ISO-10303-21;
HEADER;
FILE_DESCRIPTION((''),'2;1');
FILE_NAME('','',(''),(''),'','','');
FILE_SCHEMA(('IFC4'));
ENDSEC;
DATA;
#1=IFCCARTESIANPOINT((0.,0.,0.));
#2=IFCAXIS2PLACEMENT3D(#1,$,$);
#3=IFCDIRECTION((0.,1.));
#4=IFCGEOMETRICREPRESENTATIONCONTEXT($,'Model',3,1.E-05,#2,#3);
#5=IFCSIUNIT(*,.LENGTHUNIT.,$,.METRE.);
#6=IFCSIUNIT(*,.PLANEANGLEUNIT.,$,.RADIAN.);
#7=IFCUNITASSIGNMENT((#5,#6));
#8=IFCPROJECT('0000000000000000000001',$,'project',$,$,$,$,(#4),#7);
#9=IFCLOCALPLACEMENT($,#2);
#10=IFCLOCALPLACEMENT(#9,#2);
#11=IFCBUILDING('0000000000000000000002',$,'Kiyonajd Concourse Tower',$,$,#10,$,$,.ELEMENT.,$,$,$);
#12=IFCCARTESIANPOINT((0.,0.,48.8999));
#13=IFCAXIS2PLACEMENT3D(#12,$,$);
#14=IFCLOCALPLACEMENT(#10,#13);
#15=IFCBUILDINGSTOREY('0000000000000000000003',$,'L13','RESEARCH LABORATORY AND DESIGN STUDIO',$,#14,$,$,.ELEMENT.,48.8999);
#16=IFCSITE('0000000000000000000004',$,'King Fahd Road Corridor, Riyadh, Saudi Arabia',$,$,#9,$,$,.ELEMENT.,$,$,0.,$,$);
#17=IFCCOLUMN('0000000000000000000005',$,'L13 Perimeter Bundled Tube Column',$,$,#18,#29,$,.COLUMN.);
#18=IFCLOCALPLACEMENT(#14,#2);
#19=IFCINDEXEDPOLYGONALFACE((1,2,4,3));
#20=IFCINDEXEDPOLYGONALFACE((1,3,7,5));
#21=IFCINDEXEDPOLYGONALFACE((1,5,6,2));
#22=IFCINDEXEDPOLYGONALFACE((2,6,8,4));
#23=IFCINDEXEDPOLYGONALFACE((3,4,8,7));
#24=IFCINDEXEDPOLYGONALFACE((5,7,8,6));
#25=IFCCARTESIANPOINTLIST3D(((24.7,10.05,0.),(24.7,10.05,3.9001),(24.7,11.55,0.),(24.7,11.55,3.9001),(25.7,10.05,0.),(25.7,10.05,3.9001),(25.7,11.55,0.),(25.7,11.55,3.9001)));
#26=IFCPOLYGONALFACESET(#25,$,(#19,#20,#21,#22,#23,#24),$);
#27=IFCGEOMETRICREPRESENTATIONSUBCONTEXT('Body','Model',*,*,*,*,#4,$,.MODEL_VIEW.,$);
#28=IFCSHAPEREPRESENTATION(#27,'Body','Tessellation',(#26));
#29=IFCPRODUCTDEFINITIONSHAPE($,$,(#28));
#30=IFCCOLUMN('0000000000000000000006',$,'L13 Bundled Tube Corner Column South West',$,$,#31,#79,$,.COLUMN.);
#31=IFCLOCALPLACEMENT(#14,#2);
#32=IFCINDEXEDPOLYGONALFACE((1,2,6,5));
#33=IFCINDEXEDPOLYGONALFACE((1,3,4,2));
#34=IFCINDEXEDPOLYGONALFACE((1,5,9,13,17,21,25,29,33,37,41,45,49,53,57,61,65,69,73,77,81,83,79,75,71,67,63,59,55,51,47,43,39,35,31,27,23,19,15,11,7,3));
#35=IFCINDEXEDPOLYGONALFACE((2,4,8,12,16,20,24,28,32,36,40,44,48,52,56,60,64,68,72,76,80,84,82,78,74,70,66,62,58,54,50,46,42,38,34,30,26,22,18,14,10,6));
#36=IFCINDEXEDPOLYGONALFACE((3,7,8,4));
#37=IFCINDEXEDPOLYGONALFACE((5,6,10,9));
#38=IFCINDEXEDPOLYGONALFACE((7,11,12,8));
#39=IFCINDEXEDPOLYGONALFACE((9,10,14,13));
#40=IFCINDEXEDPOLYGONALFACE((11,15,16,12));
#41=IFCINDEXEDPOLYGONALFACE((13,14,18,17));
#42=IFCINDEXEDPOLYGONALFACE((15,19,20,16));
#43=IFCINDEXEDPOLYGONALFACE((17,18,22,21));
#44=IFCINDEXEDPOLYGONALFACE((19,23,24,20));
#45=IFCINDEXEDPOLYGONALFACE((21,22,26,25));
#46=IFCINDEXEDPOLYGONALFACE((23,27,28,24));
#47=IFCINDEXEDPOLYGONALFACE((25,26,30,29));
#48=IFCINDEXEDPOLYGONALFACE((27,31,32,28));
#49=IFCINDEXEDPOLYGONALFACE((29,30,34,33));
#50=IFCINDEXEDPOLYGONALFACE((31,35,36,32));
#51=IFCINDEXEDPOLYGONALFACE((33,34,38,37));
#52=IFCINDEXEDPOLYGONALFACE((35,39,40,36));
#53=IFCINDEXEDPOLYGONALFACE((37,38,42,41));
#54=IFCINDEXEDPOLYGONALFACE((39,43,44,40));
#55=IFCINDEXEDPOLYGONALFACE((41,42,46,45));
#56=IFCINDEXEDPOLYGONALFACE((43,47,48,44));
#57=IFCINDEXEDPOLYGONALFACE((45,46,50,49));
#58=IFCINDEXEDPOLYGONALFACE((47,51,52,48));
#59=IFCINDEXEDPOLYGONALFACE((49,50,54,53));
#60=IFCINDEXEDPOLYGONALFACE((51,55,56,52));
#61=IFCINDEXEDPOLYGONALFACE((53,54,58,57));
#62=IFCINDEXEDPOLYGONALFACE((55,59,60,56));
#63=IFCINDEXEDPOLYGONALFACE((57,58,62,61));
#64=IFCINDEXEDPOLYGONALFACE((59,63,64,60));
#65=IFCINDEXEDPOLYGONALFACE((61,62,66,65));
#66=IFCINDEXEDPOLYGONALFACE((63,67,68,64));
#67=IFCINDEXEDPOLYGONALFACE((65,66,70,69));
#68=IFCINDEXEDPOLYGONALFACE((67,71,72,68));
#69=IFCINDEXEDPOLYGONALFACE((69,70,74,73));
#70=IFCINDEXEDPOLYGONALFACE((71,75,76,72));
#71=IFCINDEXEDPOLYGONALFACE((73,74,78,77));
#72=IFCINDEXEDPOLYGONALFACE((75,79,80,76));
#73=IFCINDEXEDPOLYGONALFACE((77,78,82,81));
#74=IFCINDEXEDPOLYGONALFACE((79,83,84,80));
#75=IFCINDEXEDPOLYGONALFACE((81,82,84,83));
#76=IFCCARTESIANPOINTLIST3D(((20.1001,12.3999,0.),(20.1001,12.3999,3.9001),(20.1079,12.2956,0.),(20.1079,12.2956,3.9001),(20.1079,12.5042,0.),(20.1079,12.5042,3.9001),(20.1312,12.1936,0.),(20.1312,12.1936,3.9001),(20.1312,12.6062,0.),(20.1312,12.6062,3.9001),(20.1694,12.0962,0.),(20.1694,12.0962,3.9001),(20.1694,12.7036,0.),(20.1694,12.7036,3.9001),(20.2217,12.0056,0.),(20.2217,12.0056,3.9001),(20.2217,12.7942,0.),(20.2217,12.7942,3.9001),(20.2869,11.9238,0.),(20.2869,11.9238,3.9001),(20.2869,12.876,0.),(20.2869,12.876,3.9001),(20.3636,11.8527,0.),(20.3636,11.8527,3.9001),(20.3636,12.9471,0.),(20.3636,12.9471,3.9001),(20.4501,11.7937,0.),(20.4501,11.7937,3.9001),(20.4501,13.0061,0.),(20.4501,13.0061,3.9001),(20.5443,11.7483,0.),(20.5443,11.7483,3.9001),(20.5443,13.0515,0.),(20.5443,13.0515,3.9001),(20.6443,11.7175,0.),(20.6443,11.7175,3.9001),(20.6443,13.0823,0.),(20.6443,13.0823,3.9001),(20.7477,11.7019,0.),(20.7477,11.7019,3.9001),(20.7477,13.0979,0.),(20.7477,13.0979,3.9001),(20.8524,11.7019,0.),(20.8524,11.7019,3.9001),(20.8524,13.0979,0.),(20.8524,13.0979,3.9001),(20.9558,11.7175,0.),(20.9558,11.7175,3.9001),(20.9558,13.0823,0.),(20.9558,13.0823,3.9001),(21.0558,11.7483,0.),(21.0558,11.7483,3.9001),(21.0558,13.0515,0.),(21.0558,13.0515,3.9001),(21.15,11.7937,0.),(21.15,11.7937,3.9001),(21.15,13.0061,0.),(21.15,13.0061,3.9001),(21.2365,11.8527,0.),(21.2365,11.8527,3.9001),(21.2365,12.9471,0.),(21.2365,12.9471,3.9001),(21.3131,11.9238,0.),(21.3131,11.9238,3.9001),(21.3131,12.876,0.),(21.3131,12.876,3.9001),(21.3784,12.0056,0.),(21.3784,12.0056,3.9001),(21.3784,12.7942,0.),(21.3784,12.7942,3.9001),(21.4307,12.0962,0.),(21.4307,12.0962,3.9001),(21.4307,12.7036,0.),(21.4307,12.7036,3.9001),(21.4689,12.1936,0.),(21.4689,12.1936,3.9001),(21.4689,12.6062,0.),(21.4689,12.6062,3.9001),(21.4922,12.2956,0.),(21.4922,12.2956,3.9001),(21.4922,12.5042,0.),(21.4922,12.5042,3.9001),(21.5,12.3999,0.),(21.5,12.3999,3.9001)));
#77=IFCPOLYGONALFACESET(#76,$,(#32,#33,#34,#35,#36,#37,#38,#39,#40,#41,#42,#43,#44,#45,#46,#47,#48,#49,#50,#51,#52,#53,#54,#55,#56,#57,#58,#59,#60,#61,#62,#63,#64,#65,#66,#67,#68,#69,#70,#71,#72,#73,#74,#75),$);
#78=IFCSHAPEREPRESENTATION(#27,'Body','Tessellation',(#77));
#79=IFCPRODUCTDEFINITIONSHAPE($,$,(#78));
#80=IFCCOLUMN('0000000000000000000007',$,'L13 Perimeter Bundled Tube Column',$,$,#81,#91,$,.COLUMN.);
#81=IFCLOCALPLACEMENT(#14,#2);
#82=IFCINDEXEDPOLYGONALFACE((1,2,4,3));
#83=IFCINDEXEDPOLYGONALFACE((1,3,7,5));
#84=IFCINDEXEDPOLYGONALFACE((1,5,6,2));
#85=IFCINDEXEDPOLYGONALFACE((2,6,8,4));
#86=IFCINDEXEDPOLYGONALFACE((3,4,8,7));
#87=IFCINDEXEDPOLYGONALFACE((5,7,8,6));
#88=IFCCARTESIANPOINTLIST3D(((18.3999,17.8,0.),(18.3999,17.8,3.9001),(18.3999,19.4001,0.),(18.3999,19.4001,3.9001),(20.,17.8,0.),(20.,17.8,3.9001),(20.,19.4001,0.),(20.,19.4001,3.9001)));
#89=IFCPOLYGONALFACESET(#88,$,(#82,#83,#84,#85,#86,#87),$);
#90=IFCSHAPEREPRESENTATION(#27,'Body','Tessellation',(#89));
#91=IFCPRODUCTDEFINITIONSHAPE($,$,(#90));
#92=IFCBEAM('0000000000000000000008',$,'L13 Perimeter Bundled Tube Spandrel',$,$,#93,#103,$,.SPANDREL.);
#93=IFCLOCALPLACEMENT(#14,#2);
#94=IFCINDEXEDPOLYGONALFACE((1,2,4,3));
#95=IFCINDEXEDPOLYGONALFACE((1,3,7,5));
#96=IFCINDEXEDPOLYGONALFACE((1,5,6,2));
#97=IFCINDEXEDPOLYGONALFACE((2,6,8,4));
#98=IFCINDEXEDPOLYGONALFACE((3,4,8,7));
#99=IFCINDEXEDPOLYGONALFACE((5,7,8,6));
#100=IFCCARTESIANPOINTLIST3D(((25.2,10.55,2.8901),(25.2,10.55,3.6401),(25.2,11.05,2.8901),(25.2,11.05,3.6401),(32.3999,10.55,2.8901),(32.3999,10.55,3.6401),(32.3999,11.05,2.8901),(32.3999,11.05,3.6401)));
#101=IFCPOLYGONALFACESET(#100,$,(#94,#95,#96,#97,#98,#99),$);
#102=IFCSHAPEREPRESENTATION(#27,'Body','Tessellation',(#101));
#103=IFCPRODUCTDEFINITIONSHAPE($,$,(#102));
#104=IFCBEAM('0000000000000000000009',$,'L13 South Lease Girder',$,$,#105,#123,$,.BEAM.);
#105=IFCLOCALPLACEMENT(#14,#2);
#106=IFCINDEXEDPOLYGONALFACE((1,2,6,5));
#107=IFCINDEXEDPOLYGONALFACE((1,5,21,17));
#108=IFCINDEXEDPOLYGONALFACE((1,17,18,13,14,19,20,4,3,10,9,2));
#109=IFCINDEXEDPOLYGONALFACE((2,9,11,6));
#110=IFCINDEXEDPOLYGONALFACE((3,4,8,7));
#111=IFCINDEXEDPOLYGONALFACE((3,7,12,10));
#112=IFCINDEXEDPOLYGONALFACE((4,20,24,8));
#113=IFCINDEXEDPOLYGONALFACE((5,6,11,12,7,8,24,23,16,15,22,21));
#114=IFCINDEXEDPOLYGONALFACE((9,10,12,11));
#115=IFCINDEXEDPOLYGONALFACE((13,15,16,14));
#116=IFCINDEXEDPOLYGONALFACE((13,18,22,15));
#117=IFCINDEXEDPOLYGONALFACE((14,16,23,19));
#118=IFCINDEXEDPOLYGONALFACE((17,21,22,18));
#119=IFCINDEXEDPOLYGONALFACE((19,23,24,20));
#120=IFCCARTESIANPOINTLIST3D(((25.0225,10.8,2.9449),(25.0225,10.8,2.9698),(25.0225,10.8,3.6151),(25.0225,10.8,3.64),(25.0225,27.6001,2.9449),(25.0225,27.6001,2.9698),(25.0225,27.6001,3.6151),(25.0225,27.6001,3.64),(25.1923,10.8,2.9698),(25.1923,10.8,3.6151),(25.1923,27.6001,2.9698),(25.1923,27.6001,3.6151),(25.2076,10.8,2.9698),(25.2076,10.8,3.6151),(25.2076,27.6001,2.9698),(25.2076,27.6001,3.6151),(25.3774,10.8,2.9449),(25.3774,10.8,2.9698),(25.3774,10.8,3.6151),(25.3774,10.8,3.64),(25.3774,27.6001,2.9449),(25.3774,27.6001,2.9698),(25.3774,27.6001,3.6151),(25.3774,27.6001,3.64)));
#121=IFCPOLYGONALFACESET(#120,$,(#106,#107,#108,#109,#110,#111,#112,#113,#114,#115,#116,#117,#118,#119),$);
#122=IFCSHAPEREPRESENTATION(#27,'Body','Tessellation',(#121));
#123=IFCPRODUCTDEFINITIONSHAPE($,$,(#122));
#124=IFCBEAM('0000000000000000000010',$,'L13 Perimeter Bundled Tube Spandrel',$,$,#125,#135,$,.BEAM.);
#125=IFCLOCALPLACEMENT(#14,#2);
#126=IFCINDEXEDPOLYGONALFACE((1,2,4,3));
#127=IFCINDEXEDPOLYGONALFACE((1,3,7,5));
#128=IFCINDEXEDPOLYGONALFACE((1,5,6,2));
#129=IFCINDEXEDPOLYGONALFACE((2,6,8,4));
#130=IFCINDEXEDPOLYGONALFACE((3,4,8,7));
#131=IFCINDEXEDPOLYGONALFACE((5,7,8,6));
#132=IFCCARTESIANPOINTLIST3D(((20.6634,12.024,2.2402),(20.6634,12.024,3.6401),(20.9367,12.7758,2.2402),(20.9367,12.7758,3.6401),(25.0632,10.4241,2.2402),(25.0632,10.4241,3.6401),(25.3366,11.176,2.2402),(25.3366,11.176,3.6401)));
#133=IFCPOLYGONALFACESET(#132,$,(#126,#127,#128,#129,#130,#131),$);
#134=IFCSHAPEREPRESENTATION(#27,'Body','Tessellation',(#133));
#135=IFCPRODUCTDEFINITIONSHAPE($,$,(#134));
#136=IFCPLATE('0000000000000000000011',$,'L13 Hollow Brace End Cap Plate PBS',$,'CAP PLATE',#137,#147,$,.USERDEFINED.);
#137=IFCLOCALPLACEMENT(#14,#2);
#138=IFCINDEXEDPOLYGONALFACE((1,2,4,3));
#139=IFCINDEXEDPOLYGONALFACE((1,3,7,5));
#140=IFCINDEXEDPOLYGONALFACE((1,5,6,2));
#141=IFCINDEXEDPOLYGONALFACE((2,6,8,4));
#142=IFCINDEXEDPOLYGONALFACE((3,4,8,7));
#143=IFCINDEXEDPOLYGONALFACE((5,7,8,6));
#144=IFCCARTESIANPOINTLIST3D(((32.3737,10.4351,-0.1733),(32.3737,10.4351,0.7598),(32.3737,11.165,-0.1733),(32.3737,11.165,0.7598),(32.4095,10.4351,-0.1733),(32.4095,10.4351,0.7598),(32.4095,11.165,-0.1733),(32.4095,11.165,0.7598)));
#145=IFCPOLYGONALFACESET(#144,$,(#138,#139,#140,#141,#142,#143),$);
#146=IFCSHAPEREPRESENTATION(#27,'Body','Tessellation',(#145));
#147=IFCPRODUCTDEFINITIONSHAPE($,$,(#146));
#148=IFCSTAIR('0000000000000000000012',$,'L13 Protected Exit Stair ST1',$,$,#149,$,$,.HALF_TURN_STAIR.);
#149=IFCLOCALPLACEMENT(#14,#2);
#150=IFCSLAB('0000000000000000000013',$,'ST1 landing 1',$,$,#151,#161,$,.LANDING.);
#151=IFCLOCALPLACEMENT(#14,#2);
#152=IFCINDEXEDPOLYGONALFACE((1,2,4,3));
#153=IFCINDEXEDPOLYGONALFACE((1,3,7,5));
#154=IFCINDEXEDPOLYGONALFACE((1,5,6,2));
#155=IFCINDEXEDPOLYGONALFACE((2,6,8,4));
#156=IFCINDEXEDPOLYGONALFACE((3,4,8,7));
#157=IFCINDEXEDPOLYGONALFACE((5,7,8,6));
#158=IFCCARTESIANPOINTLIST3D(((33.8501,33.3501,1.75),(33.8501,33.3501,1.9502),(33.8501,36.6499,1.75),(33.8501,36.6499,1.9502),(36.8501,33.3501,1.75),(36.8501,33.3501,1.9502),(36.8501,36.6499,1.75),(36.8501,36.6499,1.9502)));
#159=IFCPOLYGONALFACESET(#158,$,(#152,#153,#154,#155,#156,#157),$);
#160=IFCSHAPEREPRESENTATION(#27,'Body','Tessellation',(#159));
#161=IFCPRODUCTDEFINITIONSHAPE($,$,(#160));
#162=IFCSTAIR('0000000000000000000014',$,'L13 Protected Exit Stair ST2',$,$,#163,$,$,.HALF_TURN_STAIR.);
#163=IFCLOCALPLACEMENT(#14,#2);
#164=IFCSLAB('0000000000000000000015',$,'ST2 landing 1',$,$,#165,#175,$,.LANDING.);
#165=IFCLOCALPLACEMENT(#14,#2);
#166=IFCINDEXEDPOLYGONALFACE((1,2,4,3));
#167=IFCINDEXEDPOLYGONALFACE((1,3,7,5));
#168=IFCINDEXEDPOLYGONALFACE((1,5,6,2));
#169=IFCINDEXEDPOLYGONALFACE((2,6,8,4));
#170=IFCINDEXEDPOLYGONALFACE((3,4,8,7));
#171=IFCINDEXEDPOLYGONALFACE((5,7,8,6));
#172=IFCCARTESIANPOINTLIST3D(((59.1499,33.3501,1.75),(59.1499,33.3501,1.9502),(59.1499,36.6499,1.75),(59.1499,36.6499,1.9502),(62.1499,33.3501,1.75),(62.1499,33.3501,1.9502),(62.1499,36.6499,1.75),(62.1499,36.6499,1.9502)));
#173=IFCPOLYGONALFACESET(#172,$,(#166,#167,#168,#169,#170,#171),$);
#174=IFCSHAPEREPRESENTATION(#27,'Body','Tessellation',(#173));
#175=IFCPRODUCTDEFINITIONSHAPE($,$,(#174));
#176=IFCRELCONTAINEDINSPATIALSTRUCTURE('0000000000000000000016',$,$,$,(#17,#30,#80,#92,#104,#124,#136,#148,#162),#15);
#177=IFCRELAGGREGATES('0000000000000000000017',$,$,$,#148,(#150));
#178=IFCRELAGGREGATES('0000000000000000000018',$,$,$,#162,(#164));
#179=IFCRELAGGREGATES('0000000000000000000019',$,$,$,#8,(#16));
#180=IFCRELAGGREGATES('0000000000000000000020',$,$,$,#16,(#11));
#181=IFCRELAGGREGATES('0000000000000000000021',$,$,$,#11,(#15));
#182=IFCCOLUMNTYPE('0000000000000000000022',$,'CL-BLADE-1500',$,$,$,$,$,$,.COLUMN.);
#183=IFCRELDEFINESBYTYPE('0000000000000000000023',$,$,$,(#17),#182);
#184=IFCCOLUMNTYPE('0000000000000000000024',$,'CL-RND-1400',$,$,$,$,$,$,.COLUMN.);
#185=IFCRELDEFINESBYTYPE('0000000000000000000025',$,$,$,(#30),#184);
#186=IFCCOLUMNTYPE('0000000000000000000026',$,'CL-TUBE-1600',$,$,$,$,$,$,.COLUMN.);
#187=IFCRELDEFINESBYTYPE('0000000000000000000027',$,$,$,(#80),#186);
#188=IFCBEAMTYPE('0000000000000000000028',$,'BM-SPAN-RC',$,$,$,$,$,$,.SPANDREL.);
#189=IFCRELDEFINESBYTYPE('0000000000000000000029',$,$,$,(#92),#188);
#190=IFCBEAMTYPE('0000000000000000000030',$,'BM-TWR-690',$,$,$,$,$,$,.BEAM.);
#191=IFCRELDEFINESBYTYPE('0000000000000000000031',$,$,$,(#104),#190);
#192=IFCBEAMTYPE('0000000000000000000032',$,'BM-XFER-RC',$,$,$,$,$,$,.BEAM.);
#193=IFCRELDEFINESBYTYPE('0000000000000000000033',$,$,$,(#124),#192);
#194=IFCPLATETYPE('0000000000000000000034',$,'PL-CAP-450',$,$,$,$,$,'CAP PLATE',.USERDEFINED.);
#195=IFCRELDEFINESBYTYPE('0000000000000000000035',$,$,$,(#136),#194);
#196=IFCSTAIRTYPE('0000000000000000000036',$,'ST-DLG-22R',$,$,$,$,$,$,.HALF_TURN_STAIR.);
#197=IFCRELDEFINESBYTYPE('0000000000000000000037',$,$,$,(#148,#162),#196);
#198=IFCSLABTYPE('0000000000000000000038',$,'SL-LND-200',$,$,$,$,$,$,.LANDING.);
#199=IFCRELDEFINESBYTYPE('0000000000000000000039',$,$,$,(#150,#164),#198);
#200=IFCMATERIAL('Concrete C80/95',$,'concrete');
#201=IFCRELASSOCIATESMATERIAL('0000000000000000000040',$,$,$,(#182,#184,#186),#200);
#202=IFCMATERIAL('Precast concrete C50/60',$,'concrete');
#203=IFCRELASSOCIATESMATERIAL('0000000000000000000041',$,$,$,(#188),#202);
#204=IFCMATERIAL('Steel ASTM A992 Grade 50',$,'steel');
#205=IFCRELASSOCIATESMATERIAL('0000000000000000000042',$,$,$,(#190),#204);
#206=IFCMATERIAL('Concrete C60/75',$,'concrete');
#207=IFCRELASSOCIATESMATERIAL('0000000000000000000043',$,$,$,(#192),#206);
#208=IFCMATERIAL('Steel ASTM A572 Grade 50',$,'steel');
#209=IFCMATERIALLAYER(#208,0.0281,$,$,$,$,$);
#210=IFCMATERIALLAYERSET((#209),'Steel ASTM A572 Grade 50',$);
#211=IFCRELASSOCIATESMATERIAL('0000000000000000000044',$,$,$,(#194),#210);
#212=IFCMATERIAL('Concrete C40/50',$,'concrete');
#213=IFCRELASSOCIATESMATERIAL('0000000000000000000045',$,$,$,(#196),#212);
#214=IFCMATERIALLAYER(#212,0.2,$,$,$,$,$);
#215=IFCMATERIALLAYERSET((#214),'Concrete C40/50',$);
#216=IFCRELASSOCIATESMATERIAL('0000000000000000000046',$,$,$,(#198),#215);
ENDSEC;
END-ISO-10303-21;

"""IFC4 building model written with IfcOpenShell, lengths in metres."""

from ifc_helpers import new_model, si_unit, direction, frame, origin, origin_2d, place, context, subcontext, project, spatial, polyline, rectangle, circle, i_section, outline, extrude, material, layer, layer_set, material_profile, profile_set, type_object, element, aggregate, save


model = new_model("IFC4")

# Units and contexts
model_context = context("Model", 3, precision=1e-05, world=origin(), true_north=direction((0.0, 1.0)))
body_context = subcontext(model_context, "Body", "Model", "MODEL_VIEW")
ifc_project = project(units=[si_unit("LENGTHUNIT", "METRE"), si_unit("PLANEANGLEUNIT", "RADIAN")], contexts=[model_context])

# Site, building, storey
site_placement = place(None, origin())
site = spatial("IfcSite", under=ifc_project, at=site_placement, Name="King Fahd Road Corridor, Riyadh, Saudi Arabia", CompositionType="ELEMENT", RefElevation=0.0)
building_placement = place(site_placement, origin())
building = spatial("IfcBuilding", under=site, at=building_placement, Name="Kiyonajd Concourse Tower", CompositionType="ELEMENT")
storey_placement = place(building_placement, frame((0.0, 0.0, 48.8999)))
storey = spatial("IfcBuildingStorey", under=building, at=storey_placement, Name="L13", Description="RESEARCH LABORATORY AND DESIGN STUDIO", CompositionType="ELEMENT", Elevation=48.8999)

# Columns
ifc_material_1 = material(Name="Concrete C80/95", Category="concrete")
ifc_material_profile_1 = material_profile(ifc_material_1, rectangle(XDim=1.0, YDim=1.5, at=origin_2d()), Name="RC-1500x1000")
ifc_profile_set_1 = profile_set([ifc_material_profile_1], Name="Concrete C80/95")
column_type_1 = type_object("IfcColumnType", Name="CL-BLADE-1500", PredefinedType="COLUMN", material=ifc_profile_set_1)
column_1_placement = place(storey_placement, frame((25.2, 10.8, 0.0), z_axis=(0.0, 0.0, 1.0), x_axis=(1.0, 0.0, 0.0)))
element("IfcColumn", 1, at=column_1_placement, inside=storey, type_object=column_type_1, Name="L13 Perimeter Bundled Tube Column", PredefinedType="COLUMN", context=body_context, shape_type="SweptSolid", body=[
    extrude(rectangle(XDim=1.0, YDim=1.5, at=origin_2d()), origin(), (0.0, 0.0, 1.0), 3.9001),
])
ifc_material_profile_2 = material_profile(ifc_material_1, circle(Radius=0.7, at=origin_2d()), Name="RCC-D1400")
ifc_profile_set_2 = profile_set([ifc_material_profile_2], Name="Concrete C80/95")
column_type_2 = type_object("IfcColumnType", Name="CL-RND-1400", PredefinedType="COLUMN", material=ifc_profile_set_2)
column_2_placement = place(storey_placement, frame((20.8, 12.3999, 0.0), z_axis=(0.0, 0.0, 1.0), x_axis=(1.0, 0.0, 0.0)))
element("IfcColumn", 2, at=column_2_placement, inside=storey, type_object=column_type_2, Name="L13 Bundled Tube Corner Column South West", PredefinedType="COLUMN", context=body_context, shape_type="SweptSolid", body=[
    extrude(circle(Radius=0.7, at=origin_2d()), origin(), (0.0, 0.0, 1.0), 3.9001),
])
ifc_material_profile_3 = material_profile(ifc_material_1, rectangle(XDim=1.6001, YDim=1.6001, at=origin_2d()), Name="RC-1600x1600")
ifc_profile_set_3 = profile_set([ifc_material_profile_3], Name="Concrete C80/95")
column_type_3 = type_object("IfcColumnType", Name="CL-TUBE-1600", PredefinedType="COLUMN", material=ifc_profile_set_3)
column_3_placement = place(storey_placement, frame((19.2, 18.6001, 0.0), z_axis=(0.0, 0.0, 1.0), x_axis=(1.0, 0.0, 0.0)))
element("IfcColumn", 3, at=column_3_placement, inside=storey, type_object=column_type_3, Name="L13 Perimeter Bundled Tube Column", PredefinedType="COLUMN", context=body_context, shape_type="SweptSolid", body=[
    extrude(rectangle(XDim=1.6001, YDim=1.6001, at=origin_2d()), origin(), (0.0, 0.0, 1.0), 3.9001),
])

# Beams
ifc_material_2 = material(Name="Precast concrete C50/60", Category="concrete")
ifc_material_profile_4 = material_profile(ifc_material_2, rectangle(XDim=0.5, YDim=0.75, at=origin_2d()), Name="RCBM-500x750")
ifc_profile_set_4 = profile_set([ifc_material_profile_4], Name="Precast concrete C50/60")
beam_type_1 = type_object("IfcBeamType", Name="BM-SPAN-RC", PredefinedType="SPANDREL", material=ifc_profile_set_4)
beam_1_placement = place(storey_placement, frame((25.2, 10.8, 3.2651), z_axis=(1.0, 0.0, 0.0), x_axis=(0.0, 1.0, 0.0)))
element("IfcBeam", 4, at=beam_1_placement, inside=storey, type_object=beam_type_1, Name="L13 Perimeter Bundled Tube Spandrel", PredefinedType="SPANDREL", context=body_context, shape_type="SweptSolid", body=[
    extrude(rectangle(XDim=0.5, YDim=0.75, at=origin_2d()), origin(), (0.0, 0.0, 1.0), 7.2),
])
ifc_material_3 = material(Name="Steel ASTM A992 Grade 50", Category="steel")
ifc_material_profile_5 = material_profile(ifc_material_3, i_section(OverallWidth=0.355, OverallDepth=0.6951, WebThickness=0.0154, FlangeThickness=0.0249, at=origin_2d()), Name="W690X217")
ifc_profile_set_5 = profile_set([ifc_material_profile_5], Name="Steel ASTM A992 Grade 50")
beam_type_2 = type_object("IfcBeamType", Name="BM-TWR-690", PredefinedType="BEAM", material=ifc_profile_set_5)
beam_2_placement = place(storey_placement, frame((25.2, 10.8, 3.2925), z_axis=(0.0, 1.0, 0.0), x_axis=(-1.0, 0.0, 0.0)))
element("IfcBeam", 5, at=beam_2_placement, inside=storey, type_object=beam_type_2, Name="L13 South Lease Girder", PredefinedType="BEAM", context=body_context, shape_type="SweptSolid", body=[
    extrude(i_section(OverallWidth=0.355, OverallDepth=0.6951, WebThickness=0.0154, FlangeThickness=0.0249, at=origin_2d()), origin(), (0.0, 0.0, 1.0), 16.8),
])
ifc_material_4 = material(Name="Concrete C60/75", Category="concrete")
ifc_material_profile_6 = material_profile(ifc_material_4, rectangle(XDim=0.8, YDim=1.3999, at=origin_2d()), Name="RCBM-800x1400")
ifc_profile_set_6 = profile_set([ifc_material_profile_6], Name="Concrete C60/75")
beam_type_3 = type_object("IfcBeamType", Name="BM-XFER-RC", PredefinedType="BEAM", material=ifc_profile_set_6)
beam_3_placement = place(storey_placement, frame((20.8, 12.3999, 2.9402), z_axis=(0.939801, -0.341722, 0.0), x_axis=(0.341722, 0.939801, 0.0)))
element("IfcBeam", 6, at=beam_3_placement, inside=storey, type_object=beam_type_3, Name="L13 Perimeter Bundled Tube Spandrel", PredefinedType="BEAM", context=body_context, shape_type="SweptSolid", body=[
    extrude(rectangle(XDim=0.8, YDim=1.3999, at=origin_2d()), origin(), (0.0, 0.0, 1.0), 4.6816),
])

# Plate
ifc_material_5 = material(Name="Steel ASTM A572 Grade 50", Category="steel")
ifc_layer_1 = layer(ifc_material_5, 0.0281)
ifc_layer_set_1 = layer_set([ifc_layer_1], Name="Steel ASTM A572 Grade 50")
plate_type = type_object("IfcPlateType", Name="PL-CAP-450", ElementType="CAP PLATE", PredefinedType="USERDEFINED", material=ifc_layer_set_1)
plate_placement = place(storey_placement, frame((32.3916, 10.8, -0.1733), z_axis=(0.0, 0.0, 1.0), x_axis=(-1.0, 0.0, 0.0)))
element("IfcPlate", 7, at=plate_placement, inside=storey, type_object=plate_type, Name="L13 Hollow Brace End Cap Plate PBS", ObjectType="CAP PLATE", PredefinedType="USERDEFINED", context=body_context, shape_type="SweptSolid", body=[
    extrude(rectangle(XDim=0.0359, YDim=0.73, at=origin_2d()), origin(), (0.0, 0.0, 1.0), 0.9331),
])

# Stairs, slabs
ifc_material_6 = material(Name="Concrete C40/50", Category="concrete")
stair_type = type_object("IfcStairType", Name="ST-DLG-22R", PredefinedType="HALF_TURN_STAIR", material=ifc_material_6)
stair_1_placement = place(storey_placement, origin())
stair_1 = element("IfcStair", 8, at=stair_1_placement, inside=storey, type_object=stair_type, Name="L13 Protected Exit Stair ST1", PredefinedType="HALF_TURN_STAIR")
ifc_layer_2 = layer(ifc_material_6, 0.2)
ifc_layer_set_2 = layer_set([ifc_layer_2], Name="Concrete C40/50")
slab_type_1 = type_object("IfcSlabType", Name="SL-LND-200", PredefinedType="LANDING", material=ifc_layer_set_2)
slab_1_placement = place(storey_placement, frame((0.0, 0.0, 1.75)))
slab_1 = element("IfcSlab", 9, at=slab_1_placement, type_object=slab_type_1, Name="ST1 landing 1", PredefinedType="LANDING", context=body_context, shape_type="SweptSolid", body=[
    extrude(outline(polyline([(36.8501, 33.3501), (36.8501, 36.6499), (33.8501, 36.6499), (33.8501, 33.3501), (36.8501, 33.3501)])), origin(), (0.0, 0.0, 1.0), 0.2002),
])
aggregate(stair_1, [slab_1])
stair_2_placement = place(storey_placement, origin())
stair_2 = element("IfcStair", 10, at=stair_2_placement, inside=storey, type_object=stair_type, Name="L13 Protected Exit Stair ST2", PredefinedType="HALF_TURN_STAIR")
slab_2_placement = place(storey_placement, frame((0.0, 0.0, 1.75)))
slab_2 = element("IfcSlab", 11, at=slab_2_placement, type_object=slab_type_1, Name="ST2 landing 1", PredefinedType="LANDING", context=body_context, shape_type="SweptSolid", body=[
    extrude(outline(polyline([(62.1499, 33.3501), (62.1499, 36.6499), (59.1499, 36.6499), (59.1499, 33.3501), (62.1499, 33.3501)])), origin(), (0.0, 0.0, 1.0), 0.2002),
])
aggregate(stair_2, [slab_2])

save(model, "model.ifc")
